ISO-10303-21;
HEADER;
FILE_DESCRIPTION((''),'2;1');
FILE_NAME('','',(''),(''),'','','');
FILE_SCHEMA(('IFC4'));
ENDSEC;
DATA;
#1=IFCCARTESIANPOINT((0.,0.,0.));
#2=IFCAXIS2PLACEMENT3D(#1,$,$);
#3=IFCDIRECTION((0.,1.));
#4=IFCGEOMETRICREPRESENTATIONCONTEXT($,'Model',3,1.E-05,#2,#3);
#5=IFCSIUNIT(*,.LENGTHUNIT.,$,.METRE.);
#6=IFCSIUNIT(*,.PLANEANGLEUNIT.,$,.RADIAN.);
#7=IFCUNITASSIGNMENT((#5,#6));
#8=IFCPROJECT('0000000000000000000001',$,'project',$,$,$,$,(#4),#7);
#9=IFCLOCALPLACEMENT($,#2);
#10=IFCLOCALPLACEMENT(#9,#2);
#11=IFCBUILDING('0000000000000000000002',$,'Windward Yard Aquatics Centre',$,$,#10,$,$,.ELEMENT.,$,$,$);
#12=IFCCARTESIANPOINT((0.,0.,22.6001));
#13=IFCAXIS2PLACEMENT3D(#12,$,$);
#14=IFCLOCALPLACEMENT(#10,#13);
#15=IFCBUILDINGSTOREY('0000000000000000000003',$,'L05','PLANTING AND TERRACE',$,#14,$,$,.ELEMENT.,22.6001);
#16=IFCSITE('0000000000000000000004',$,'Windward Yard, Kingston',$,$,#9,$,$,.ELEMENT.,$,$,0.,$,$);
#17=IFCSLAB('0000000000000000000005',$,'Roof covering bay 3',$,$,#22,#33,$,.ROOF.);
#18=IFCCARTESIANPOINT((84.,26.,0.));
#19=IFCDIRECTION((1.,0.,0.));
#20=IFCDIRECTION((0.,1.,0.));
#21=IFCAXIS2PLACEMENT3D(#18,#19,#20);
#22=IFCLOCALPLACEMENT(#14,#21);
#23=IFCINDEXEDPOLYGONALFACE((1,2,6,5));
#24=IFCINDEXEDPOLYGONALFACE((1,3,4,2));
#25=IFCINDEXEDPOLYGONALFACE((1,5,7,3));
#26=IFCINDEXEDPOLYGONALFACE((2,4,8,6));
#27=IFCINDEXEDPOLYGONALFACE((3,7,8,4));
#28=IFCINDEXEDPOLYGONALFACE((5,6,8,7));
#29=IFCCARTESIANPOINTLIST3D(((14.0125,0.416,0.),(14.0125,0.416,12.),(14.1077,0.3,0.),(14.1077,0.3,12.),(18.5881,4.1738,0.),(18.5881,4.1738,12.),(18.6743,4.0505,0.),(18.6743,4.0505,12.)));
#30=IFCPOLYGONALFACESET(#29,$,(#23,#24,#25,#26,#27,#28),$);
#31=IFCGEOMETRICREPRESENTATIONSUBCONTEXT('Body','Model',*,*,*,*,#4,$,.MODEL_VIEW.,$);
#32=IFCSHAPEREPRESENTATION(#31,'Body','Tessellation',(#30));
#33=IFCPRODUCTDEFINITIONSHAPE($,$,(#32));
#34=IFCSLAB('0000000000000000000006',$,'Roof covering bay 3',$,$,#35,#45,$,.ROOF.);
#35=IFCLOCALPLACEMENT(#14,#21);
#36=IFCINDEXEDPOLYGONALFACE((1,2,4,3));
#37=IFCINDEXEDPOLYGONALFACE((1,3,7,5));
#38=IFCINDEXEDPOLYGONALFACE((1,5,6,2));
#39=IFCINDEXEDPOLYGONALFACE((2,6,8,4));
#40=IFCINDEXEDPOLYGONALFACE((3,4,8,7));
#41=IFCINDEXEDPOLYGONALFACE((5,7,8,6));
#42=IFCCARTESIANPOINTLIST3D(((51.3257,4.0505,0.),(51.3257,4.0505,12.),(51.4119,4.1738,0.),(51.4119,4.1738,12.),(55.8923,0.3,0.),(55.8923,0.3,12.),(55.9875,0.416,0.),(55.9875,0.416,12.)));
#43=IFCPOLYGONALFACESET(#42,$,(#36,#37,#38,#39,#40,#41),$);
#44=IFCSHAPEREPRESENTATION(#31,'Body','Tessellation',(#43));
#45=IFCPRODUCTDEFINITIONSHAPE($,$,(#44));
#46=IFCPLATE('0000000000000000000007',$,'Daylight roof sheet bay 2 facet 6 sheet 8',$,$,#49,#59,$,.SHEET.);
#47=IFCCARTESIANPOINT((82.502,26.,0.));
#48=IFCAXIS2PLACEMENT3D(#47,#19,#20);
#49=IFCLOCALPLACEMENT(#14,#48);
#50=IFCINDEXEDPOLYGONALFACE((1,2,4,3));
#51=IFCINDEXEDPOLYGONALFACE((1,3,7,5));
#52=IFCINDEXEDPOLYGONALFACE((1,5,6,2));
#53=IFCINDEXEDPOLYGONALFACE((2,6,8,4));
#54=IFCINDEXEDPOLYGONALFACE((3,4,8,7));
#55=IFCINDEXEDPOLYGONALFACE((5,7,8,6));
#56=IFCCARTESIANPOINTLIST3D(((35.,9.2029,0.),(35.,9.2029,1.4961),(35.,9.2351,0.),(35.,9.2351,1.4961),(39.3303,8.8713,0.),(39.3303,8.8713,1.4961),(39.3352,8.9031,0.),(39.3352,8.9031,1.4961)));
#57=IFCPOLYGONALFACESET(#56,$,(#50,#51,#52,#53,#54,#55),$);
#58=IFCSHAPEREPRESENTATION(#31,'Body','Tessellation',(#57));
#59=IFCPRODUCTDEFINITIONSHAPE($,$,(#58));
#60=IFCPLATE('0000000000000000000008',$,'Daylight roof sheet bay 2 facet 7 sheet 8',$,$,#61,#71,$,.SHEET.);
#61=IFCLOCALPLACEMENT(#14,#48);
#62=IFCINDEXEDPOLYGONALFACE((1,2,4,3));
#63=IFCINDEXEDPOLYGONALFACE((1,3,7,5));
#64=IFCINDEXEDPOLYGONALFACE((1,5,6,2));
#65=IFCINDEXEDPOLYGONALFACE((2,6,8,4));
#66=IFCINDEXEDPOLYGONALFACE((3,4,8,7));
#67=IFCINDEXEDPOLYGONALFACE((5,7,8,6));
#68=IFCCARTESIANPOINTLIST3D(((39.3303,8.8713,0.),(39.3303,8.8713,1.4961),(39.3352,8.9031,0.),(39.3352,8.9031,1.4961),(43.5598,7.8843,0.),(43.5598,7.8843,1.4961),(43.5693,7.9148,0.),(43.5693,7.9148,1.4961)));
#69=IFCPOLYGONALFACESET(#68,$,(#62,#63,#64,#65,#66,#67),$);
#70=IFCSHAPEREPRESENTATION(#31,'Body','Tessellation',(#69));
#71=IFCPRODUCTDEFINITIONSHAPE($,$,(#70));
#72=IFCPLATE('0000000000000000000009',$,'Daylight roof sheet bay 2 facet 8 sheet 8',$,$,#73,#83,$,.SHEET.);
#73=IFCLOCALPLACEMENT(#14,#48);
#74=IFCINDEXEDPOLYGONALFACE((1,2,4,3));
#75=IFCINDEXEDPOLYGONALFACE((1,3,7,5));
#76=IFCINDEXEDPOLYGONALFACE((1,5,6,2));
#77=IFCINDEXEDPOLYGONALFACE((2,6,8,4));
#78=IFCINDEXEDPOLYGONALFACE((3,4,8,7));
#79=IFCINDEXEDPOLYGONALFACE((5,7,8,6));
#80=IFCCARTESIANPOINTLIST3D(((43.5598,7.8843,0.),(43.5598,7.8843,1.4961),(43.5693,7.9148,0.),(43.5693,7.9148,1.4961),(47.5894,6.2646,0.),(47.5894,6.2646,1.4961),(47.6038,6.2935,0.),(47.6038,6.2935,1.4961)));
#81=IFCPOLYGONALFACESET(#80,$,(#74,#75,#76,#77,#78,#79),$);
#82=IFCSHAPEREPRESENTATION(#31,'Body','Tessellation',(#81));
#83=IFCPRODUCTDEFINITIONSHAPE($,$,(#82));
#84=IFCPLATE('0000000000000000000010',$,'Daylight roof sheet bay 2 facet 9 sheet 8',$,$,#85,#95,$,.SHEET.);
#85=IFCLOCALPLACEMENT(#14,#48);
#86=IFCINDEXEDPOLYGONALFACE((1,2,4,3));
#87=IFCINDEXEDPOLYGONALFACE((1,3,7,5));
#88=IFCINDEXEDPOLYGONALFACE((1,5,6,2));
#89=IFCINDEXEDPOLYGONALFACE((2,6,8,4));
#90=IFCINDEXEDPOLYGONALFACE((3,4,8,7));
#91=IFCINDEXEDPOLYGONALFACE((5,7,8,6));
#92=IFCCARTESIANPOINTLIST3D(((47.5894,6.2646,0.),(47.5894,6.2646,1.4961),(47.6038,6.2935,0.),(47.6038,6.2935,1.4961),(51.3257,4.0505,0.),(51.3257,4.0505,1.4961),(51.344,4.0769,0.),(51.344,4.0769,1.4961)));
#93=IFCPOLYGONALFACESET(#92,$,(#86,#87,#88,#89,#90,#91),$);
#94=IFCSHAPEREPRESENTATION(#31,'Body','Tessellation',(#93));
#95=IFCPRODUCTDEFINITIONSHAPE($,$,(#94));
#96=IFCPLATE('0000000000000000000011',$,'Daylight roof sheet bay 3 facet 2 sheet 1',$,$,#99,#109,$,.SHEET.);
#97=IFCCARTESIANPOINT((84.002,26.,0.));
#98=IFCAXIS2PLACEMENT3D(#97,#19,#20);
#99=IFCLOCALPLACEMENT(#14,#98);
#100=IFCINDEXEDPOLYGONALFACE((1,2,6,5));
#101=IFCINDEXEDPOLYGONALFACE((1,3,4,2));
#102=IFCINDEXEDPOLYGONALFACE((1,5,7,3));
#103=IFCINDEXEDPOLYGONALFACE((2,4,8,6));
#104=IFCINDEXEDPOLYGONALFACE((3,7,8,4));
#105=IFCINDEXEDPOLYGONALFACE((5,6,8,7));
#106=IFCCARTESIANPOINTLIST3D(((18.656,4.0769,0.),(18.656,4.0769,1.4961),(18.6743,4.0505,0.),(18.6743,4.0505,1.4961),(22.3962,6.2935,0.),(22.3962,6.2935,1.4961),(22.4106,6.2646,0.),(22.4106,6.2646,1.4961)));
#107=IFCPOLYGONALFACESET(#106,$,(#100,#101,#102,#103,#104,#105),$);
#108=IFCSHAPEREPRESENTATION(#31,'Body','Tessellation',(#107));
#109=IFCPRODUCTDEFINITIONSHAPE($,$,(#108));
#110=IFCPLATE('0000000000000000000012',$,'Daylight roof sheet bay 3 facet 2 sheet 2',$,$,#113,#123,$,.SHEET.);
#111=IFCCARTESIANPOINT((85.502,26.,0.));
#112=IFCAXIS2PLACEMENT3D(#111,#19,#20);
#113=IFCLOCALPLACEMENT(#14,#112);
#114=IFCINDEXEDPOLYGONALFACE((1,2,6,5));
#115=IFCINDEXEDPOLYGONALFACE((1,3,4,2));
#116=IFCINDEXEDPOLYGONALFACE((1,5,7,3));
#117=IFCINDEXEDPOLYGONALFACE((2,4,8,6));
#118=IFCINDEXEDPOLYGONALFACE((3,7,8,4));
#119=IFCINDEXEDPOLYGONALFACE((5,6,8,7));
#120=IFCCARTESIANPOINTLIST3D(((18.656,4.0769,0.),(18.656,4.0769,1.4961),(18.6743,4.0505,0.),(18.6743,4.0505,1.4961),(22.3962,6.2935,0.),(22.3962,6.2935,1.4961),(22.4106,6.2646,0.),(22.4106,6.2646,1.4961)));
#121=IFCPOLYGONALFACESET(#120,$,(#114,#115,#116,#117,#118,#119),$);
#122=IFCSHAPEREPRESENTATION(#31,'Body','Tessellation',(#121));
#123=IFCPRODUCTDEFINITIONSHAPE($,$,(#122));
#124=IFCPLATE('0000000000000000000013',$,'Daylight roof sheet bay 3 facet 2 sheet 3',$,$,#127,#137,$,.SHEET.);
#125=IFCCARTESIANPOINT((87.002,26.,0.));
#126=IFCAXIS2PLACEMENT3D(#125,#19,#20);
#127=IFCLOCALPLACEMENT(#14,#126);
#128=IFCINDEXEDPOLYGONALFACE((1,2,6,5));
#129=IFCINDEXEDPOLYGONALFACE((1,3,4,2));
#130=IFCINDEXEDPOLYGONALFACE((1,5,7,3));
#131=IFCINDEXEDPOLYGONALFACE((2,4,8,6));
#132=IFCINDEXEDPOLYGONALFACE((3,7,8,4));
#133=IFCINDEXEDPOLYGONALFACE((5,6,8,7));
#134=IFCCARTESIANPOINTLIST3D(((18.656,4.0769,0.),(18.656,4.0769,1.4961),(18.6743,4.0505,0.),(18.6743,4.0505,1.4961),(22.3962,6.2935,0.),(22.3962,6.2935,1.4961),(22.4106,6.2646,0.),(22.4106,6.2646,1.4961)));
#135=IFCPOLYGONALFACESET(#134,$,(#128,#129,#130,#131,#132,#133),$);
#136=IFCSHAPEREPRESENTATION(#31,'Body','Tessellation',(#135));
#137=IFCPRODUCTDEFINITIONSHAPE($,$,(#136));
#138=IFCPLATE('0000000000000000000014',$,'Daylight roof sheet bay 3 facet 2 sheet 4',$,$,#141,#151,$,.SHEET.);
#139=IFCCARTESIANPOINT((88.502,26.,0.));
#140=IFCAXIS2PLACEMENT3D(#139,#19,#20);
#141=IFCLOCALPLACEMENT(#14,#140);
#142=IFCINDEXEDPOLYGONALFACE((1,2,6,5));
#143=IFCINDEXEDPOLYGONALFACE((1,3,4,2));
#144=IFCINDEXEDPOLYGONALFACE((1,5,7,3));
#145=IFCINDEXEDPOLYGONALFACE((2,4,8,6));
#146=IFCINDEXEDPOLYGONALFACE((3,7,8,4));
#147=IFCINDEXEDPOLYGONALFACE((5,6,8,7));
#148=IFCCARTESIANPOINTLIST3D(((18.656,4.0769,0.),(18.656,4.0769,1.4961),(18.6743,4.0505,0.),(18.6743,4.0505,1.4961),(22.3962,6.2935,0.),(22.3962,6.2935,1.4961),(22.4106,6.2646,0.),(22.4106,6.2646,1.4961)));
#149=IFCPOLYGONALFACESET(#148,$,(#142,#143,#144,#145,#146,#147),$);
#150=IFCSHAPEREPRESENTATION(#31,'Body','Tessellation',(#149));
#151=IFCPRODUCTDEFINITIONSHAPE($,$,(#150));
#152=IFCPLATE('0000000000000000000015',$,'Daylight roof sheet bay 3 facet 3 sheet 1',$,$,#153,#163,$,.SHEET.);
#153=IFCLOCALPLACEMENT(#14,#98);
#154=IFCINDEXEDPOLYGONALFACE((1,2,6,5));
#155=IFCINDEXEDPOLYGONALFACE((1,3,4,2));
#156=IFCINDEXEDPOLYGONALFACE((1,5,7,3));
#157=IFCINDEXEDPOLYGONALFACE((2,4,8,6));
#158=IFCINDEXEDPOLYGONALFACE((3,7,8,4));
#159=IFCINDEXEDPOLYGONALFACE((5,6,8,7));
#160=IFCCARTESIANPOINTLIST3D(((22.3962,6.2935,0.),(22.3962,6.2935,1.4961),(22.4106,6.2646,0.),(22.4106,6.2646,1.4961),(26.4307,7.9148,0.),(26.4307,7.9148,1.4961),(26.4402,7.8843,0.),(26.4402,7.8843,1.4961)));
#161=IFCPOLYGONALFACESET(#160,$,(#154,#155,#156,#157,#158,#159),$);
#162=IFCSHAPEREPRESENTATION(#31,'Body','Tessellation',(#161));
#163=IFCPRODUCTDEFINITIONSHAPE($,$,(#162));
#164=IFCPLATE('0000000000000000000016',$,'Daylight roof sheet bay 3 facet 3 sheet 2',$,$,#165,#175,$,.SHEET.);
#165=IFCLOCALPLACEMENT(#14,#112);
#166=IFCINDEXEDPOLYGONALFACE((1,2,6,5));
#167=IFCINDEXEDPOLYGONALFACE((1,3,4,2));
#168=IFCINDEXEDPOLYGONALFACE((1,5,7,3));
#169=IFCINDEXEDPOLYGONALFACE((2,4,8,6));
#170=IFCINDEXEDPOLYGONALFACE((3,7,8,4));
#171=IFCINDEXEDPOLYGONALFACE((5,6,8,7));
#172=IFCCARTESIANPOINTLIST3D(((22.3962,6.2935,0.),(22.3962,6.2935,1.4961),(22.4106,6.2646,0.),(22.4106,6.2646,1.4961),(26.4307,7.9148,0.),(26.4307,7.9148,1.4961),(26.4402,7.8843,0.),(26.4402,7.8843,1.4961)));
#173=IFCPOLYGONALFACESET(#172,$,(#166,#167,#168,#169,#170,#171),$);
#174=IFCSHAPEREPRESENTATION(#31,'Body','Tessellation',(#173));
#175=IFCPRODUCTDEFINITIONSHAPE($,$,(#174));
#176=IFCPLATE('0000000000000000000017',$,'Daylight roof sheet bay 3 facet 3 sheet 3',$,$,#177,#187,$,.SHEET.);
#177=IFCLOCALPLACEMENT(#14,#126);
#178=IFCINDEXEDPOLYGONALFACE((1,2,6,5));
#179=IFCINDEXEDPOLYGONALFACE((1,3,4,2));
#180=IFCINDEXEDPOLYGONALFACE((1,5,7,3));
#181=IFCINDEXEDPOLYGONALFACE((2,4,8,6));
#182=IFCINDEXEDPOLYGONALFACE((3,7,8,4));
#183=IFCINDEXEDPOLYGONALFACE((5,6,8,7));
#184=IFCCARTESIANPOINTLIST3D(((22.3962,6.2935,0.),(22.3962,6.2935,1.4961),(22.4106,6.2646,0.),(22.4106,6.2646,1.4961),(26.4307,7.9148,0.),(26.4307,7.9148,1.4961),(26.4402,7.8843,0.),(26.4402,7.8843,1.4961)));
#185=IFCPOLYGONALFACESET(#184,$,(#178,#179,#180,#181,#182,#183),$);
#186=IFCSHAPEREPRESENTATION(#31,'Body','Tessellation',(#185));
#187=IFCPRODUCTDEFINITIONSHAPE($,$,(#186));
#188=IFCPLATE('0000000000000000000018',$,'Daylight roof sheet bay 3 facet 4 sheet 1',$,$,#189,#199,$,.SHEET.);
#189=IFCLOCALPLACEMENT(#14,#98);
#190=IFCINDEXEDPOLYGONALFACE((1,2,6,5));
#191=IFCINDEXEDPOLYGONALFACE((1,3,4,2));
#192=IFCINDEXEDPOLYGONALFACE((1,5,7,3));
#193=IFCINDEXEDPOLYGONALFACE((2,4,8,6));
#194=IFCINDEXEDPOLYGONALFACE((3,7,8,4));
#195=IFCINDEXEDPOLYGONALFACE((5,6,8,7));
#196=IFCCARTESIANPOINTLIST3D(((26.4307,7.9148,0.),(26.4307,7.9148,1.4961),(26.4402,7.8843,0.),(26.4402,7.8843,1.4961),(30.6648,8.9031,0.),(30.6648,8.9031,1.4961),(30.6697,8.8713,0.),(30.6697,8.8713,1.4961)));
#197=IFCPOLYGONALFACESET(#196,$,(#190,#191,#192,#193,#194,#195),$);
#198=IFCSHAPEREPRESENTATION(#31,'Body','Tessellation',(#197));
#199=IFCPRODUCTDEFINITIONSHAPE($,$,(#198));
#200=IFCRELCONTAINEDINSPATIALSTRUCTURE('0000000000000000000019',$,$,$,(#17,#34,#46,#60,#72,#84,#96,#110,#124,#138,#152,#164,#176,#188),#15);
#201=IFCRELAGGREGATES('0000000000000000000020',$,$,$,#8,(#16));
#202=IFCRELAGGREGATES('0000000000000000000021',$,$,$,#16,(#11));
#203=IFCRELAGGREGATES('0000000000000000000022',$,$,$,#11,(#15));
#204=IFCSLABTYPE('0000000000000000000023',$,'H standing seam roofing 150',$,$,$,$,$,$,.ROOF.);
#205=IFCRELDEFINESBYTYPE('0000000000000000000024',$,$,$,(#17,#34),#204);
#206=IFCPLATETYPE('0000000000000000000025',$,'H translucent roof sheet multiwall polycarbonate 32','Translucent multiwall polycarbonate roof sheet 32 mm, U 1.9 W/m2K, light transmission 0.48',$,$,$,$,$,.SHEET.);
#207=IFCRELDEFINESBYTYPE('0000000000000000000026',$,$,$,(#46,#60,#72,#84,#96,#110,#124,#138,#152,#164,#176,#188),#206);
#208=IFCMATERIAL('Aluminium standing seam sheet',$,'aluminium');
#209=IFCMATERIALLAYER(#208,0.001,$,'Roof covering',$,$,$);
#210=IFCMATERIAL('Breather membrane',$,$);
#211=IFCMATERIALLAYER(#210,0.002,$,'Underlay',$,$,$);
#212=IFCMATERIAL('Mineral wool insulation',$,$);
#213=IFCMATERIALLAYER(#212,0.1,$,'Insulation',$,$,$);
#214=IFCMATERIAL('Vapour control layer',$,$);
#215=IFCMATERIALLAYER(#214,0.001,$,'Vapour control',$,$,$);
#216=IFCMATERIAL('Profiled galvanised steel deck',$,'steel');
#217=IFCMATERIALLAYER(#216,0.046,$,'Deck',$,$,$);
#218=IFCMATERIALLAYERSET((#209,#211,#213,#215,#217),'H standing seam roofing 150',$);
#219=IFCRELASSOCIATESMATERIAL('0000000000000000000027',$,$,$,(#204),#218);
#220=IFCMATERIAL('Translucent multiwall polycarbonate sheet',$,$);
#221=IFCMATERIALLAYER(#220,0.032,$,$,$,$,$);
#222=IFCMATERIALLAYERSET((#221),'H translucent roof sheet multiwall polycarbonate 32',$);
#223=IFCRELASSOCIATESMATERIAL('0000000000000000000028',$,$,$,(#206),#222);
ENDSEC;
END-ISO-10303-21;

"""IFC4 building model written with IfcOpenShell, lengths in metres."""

from ifc_helpers import new_model, si_unit, direction, frame, origin, place, context, subcontext, project, spatial, polyline, outline, extrude, material, layer, layer_set, type_object, element, save


model = new_model("IFC4")

# Units and contexts
model_context = context("Model", 3, precision=1e-05, world=origin(), true_north=direction((0.0, 1.0)))
body_context = subcontext(model_context, "Body", "Model", "MODEL_VIEW")
ifc_project = project(units=[si_unit("LENGTHUNIT", "METRE"), si_unit("PLANEANGLEUNIT", "RADIAN")], contexts=[model_context])

# Site, building, storey
site_placement = place(None, origin())
site = spatial("IfcSite", under=ifc_project, at=site_placement, Name="Windward Yard, Kingston", CompositionType="ELEMENT", RefElevation=0.0)
building_placement = place(site_placement, origin())
building = spatial("IfcBuilding", under=site, at=building_placement, Name="Windward Yard Aquatics Centre", CompositionType="ELEMENT")
storey_placement = place(building_placement, frame((0.0, 0.0, 22.6001)))
storey = spatial("IfcBuildingStorey", under=building, at=storey_placement, Name="L05", Description="PLANTING AND TERRACE", CompositionType="ELEMENT", Elevation=22.6001)

# Slabs
ifc_material_1 = material(Name="Aluminium standing seam sheet", Category="aluminium")
ifc_layer_1 = layer(ifc_material_1, 0.001, Name="Roof covering")
ifc_material_2 = material(Name="Breather membrane")
ifc_layer_2 = layer(ifc_material_2, 0.002, Name="Underlay")
ifc_material_3 = material(Name="Mineral wool insulation")
ifc_layer_3 = layer(ifc_material_3, 0.1, Name="Insulation")
ifc_material_4 = material(Name="Vapour control layer")
ifc_layer_4 = layer(ifc_material_4, 0.001, Name="Vapour control")
ifc_material_5 = material(Name="Profiled galvanised steel deck", Category="steel")
ifc_layer_5 = layer(ifc_material_5, 0.046, Name="Deck")
ifc_layer_set_1 = layer_set([ifc_layer_1, ifc_layer_2, ifc_layer_3, ifc_layer_4, ifc_layer_5], Name="H standing seam roofing 150")
slab_type = type_object("IfcSlabType", Name="H standing seam roofing 150", PredefinedType="ROOF", material=ifc_layer_set_1)
slab_1_placement = place(storey_placement, frame((84.0, 26.0, 0.0), z_axis=(1.0, 0.0, 0.0), x_axis=(0.0, 1.0, 0.0)))
element("IfcSlab", 1, at=slab_1_placement, inside=storey, type_object=slab_type, Name="Roof covering bay 3", PredefinedType="ROOF", context=body_context, shape_type="SweptSolid", body=[
    extrude(outline(polyline([(14.1077, 0.3), (18.6743, 4.0505), (18.5881, 4.1738), (14.0125, 0.416), (14.1077, 0.3)])), origin(), (0.0, 0.0, 1.0), 12.0),
])
slab_2_placement = place(storey_placement, frame((84.0, 26.0, 0.0), z_axis=(1.0, 0.0, 0.0), x_axis=(0.0, 1.0, 0.0)))
element("IfcSlab", 2, at=slab_2_placement, inside=storey, type_object=slab_type, Name="Roof covering bay 3", PredefinedType="ROOF", context=body_context, shape_type="SweptSolid", body=[
    extrude(outline(polyline([(51.3257, 4.0505), (55.8923, 0.3), (55.9875, 0.416), (51.4119, 4.1738), (51.3257, 4.0505)])), origin(), (0.0, 0.0, 1.0), 12.0),
])

# Plates
ifc_material_6 = material(Name="Translucent multiwall polycarbonate sheet")
ifc_layer_6 = layer(ifc_material_6, 0.032)
ifc_layer_set_2 = layer_set([ifc_layer_6], Name="H translucent roof sheet multiwall polycarbonate 32")
plate_type = type_object("IfcPlateType", Name="H translucent roof sheet multiwall polycarbonate 32", Description="Translucent multiwall polycarbonate roof sheet 32 mm, U 1.9 W/m2K, light transmission 0.48", PredefinedType="SHEET", material=ifc_layer_set_2)
plate_1_placement = place(storey_placement, frame((82.502, 26.0, 0.0), z_axis=(1.0, 0.0, 0.0), x_axis=(0.0, 1.0, 0.0)))
element("IfcPlate", 3, at=plate_1_placement, inside=storey, type_object=plate_type, Name="Daylight roof sheet bay 2 facet 6 sheet 8", PredefinedType="SHEET", context=body_context, shape_type="SweptSolid", body=[
    extrude(outline(polyline([(35.0, 9.2029), (39.3303, 8.8713), (39.3352, 8.9031), (35.0, 9.2351), (35.0, 9.2029)])), origin(), (0.0, 0.0, 1.0), 1.4961),
])
plate_2_placement = place(storey_placement, frame((82.502, 26.0, 0.0), z_axis=(1.0, 0.0, 0.0), x_axis=(0.0, 1.0, 0.0)))
element("IfcPlate", 4, at=plate_2_placement, inside=storey, type_object=plate_type, Name="Daylight roof sheet bay 2 facet 7 sheet 8", PredefinedType="SHEET", context=body_context, shape_type="SweptSolid", body=[
    extrude(outline(polyline([(39.3303, 8.8713), (43.5598, 7.8843), (43.5693, 7.9148), (39.3352, 8.9031), (39.3303, 8.8713)])), origin(), (0.0, 0.0, 1.0), 1.4961),
])
plate_3_placement = place(storey_placement, frame((82.502, 26.0, 0.0), z_axis=(1.0, 0.0, 0.0), x_axis=(0.0, 1.0, 0.0)))
element("IfcPlate", 5, at=plate_3_placement, inside=storey, type_object=plate_type, Name="Daylight roof sheet bay 2 facet 8 sheet 8", PredefinedType="SHEET", context=body_context, shape_type="SweptSolid", body=[
    extrude(outline(polyline([(43.5598, 7.8843), (47.5894, 6.2646), (47.6038, 6.2935), (43.5693, 7.9148), (43.5598, 7.8843)])), origin(), (0.0, 0.0, 1.0), 1.4961),
])
plate_4_placement = place(storey_placement, frame((82.502, 26.0, 0.0), z_axis=(1.0, 0.0, 0.0), x_axis=(0.0, 1.0, 0.0)))
element("IfcPlate", 6, at=plate_4_placement, inside=storey, type_object=plate_type, Name="Daylight roof sheet bay 2 facet 9 sheet 8", PredefinedType="SHEET", context=body_context, shape_type="SweptSolid", body=[
    extrude(outline(polyline([(47.5894, 6.2646), (51.3257, 4.0505), (51.344, 4.0769), (47.6038, 6.2935), (47.5894, 6.2646)])), origin(), (0.0, 0.0, 1.0), 1.4961),
])
for number, where, z_axis, x_axis, name in (
    (7, (84.002, 26.0, 0.0), (1.0, 0.0, 0.0), (0.0, 1.0, 0.0), "Daylight roof sheet bay 3 facet 2 sheet 1"),
    (8, (85.502, 26.0, 0.0), (1.0, 0.0, 0.0), (0.0, 1.0, 0.0), "Daylight roof sheet bay 3 facet 2 sheet 2"),
    (9, (87.002, 26.0, 0.0), (1.0, 0.0, 0.0), (0.0, 1.0, 0.0), "Daylight roof sheet bay 3 facet 2 sheet 3"),
    (10, (88.502, 26.0, 0.0), (1.0, 0.0, 0.0), (0.0, 1.0, 0.0), "Daylight roof sheet bay 3 facet 2 sheet 4"),
):
    element("IfcPlate", number, at=place(storey_placement, frame(where, z_axis=z_axis, x_axis=x_axis)), inside=storey, type_object=plate_type, Name=name, PredefinedType="SHEET", context=body_context, shape_type="SweptSolid", body=[
        extrude(outline(polyline([(18.6743, 4.0505), (22.4106, 6.2646), (22.3962, 6.2935), (18.656, 4.0769), (18.6743, 4.0505)])), origin(), (0.0, 0.0, 1.0), 1.4961),
    ])
for number, where, z_axis, x_axis, name in (
    (11, (84.002, 26.0, 0.0), (1.0, 0.0, 0.0), (0.0, 1.0, 0.0), "Daylight roof sheet bay 3 facet 3 sheet 1"),
    (12, (85.502, 26.0, 0.0), (1.0, 0.0, 0.0), (0.0, 1.0, 0.0), "Daylight roof sheet bay 3 facet 3 sheet 2"),
    (13, (87.002, 26.0, 0.0), (1.0, 0.0, 0.0), (0.0, 1.0, 0.0), "Daylight roof sheet bay 3 facet 3 sheet 3"),
):
    element("IfcPlate", number, at=place(storey_placement, frame(where, z_axis=z_axis, x_axis=x_axis)), inside=storey, type_object=plate_type, Name=name, PredefinedType="SHEET", context=body_context, shape_type="SweptSolid", body=[
        extrude(outline(polyline([(22.4106, 6.2646), (26.4402, 7.8843), (26.4307, 7.9148), (22.3962, 6.2935), (22.4106, 6.2646)])), origin(), (0.0, 0.0, 1.0), 1.4961),
    ])
for number, where, z_axis, x_axis, name in (
    (14, (84.002, 26.0, 0.0), (1.0, 0.0, 0.0), (0.0, 1.0, 0.0), "Daylight roof sheet bay 3 facet 4 sheet 1"),
):
    element("IfcPlate", number, at=place(storey_placement, frame(where, z_axis=z_axis, x_axis=x_axis)), inside=storey, type_object=plate_type, Name=name, PredefinedType="SHEET", context=body_context, shape_type="SweptSolid", body=[
        extrude(outline(polyline([(26.4402, 7.8843), (30.6697, 8.8713), (30.6648, 8.9031), (26.4307, 7.9148), (26.4402, 7.8843)])), origin(), (0.0, 0.0, 1.0), 1.4961),
    ])

save(model, "model.ifc")
